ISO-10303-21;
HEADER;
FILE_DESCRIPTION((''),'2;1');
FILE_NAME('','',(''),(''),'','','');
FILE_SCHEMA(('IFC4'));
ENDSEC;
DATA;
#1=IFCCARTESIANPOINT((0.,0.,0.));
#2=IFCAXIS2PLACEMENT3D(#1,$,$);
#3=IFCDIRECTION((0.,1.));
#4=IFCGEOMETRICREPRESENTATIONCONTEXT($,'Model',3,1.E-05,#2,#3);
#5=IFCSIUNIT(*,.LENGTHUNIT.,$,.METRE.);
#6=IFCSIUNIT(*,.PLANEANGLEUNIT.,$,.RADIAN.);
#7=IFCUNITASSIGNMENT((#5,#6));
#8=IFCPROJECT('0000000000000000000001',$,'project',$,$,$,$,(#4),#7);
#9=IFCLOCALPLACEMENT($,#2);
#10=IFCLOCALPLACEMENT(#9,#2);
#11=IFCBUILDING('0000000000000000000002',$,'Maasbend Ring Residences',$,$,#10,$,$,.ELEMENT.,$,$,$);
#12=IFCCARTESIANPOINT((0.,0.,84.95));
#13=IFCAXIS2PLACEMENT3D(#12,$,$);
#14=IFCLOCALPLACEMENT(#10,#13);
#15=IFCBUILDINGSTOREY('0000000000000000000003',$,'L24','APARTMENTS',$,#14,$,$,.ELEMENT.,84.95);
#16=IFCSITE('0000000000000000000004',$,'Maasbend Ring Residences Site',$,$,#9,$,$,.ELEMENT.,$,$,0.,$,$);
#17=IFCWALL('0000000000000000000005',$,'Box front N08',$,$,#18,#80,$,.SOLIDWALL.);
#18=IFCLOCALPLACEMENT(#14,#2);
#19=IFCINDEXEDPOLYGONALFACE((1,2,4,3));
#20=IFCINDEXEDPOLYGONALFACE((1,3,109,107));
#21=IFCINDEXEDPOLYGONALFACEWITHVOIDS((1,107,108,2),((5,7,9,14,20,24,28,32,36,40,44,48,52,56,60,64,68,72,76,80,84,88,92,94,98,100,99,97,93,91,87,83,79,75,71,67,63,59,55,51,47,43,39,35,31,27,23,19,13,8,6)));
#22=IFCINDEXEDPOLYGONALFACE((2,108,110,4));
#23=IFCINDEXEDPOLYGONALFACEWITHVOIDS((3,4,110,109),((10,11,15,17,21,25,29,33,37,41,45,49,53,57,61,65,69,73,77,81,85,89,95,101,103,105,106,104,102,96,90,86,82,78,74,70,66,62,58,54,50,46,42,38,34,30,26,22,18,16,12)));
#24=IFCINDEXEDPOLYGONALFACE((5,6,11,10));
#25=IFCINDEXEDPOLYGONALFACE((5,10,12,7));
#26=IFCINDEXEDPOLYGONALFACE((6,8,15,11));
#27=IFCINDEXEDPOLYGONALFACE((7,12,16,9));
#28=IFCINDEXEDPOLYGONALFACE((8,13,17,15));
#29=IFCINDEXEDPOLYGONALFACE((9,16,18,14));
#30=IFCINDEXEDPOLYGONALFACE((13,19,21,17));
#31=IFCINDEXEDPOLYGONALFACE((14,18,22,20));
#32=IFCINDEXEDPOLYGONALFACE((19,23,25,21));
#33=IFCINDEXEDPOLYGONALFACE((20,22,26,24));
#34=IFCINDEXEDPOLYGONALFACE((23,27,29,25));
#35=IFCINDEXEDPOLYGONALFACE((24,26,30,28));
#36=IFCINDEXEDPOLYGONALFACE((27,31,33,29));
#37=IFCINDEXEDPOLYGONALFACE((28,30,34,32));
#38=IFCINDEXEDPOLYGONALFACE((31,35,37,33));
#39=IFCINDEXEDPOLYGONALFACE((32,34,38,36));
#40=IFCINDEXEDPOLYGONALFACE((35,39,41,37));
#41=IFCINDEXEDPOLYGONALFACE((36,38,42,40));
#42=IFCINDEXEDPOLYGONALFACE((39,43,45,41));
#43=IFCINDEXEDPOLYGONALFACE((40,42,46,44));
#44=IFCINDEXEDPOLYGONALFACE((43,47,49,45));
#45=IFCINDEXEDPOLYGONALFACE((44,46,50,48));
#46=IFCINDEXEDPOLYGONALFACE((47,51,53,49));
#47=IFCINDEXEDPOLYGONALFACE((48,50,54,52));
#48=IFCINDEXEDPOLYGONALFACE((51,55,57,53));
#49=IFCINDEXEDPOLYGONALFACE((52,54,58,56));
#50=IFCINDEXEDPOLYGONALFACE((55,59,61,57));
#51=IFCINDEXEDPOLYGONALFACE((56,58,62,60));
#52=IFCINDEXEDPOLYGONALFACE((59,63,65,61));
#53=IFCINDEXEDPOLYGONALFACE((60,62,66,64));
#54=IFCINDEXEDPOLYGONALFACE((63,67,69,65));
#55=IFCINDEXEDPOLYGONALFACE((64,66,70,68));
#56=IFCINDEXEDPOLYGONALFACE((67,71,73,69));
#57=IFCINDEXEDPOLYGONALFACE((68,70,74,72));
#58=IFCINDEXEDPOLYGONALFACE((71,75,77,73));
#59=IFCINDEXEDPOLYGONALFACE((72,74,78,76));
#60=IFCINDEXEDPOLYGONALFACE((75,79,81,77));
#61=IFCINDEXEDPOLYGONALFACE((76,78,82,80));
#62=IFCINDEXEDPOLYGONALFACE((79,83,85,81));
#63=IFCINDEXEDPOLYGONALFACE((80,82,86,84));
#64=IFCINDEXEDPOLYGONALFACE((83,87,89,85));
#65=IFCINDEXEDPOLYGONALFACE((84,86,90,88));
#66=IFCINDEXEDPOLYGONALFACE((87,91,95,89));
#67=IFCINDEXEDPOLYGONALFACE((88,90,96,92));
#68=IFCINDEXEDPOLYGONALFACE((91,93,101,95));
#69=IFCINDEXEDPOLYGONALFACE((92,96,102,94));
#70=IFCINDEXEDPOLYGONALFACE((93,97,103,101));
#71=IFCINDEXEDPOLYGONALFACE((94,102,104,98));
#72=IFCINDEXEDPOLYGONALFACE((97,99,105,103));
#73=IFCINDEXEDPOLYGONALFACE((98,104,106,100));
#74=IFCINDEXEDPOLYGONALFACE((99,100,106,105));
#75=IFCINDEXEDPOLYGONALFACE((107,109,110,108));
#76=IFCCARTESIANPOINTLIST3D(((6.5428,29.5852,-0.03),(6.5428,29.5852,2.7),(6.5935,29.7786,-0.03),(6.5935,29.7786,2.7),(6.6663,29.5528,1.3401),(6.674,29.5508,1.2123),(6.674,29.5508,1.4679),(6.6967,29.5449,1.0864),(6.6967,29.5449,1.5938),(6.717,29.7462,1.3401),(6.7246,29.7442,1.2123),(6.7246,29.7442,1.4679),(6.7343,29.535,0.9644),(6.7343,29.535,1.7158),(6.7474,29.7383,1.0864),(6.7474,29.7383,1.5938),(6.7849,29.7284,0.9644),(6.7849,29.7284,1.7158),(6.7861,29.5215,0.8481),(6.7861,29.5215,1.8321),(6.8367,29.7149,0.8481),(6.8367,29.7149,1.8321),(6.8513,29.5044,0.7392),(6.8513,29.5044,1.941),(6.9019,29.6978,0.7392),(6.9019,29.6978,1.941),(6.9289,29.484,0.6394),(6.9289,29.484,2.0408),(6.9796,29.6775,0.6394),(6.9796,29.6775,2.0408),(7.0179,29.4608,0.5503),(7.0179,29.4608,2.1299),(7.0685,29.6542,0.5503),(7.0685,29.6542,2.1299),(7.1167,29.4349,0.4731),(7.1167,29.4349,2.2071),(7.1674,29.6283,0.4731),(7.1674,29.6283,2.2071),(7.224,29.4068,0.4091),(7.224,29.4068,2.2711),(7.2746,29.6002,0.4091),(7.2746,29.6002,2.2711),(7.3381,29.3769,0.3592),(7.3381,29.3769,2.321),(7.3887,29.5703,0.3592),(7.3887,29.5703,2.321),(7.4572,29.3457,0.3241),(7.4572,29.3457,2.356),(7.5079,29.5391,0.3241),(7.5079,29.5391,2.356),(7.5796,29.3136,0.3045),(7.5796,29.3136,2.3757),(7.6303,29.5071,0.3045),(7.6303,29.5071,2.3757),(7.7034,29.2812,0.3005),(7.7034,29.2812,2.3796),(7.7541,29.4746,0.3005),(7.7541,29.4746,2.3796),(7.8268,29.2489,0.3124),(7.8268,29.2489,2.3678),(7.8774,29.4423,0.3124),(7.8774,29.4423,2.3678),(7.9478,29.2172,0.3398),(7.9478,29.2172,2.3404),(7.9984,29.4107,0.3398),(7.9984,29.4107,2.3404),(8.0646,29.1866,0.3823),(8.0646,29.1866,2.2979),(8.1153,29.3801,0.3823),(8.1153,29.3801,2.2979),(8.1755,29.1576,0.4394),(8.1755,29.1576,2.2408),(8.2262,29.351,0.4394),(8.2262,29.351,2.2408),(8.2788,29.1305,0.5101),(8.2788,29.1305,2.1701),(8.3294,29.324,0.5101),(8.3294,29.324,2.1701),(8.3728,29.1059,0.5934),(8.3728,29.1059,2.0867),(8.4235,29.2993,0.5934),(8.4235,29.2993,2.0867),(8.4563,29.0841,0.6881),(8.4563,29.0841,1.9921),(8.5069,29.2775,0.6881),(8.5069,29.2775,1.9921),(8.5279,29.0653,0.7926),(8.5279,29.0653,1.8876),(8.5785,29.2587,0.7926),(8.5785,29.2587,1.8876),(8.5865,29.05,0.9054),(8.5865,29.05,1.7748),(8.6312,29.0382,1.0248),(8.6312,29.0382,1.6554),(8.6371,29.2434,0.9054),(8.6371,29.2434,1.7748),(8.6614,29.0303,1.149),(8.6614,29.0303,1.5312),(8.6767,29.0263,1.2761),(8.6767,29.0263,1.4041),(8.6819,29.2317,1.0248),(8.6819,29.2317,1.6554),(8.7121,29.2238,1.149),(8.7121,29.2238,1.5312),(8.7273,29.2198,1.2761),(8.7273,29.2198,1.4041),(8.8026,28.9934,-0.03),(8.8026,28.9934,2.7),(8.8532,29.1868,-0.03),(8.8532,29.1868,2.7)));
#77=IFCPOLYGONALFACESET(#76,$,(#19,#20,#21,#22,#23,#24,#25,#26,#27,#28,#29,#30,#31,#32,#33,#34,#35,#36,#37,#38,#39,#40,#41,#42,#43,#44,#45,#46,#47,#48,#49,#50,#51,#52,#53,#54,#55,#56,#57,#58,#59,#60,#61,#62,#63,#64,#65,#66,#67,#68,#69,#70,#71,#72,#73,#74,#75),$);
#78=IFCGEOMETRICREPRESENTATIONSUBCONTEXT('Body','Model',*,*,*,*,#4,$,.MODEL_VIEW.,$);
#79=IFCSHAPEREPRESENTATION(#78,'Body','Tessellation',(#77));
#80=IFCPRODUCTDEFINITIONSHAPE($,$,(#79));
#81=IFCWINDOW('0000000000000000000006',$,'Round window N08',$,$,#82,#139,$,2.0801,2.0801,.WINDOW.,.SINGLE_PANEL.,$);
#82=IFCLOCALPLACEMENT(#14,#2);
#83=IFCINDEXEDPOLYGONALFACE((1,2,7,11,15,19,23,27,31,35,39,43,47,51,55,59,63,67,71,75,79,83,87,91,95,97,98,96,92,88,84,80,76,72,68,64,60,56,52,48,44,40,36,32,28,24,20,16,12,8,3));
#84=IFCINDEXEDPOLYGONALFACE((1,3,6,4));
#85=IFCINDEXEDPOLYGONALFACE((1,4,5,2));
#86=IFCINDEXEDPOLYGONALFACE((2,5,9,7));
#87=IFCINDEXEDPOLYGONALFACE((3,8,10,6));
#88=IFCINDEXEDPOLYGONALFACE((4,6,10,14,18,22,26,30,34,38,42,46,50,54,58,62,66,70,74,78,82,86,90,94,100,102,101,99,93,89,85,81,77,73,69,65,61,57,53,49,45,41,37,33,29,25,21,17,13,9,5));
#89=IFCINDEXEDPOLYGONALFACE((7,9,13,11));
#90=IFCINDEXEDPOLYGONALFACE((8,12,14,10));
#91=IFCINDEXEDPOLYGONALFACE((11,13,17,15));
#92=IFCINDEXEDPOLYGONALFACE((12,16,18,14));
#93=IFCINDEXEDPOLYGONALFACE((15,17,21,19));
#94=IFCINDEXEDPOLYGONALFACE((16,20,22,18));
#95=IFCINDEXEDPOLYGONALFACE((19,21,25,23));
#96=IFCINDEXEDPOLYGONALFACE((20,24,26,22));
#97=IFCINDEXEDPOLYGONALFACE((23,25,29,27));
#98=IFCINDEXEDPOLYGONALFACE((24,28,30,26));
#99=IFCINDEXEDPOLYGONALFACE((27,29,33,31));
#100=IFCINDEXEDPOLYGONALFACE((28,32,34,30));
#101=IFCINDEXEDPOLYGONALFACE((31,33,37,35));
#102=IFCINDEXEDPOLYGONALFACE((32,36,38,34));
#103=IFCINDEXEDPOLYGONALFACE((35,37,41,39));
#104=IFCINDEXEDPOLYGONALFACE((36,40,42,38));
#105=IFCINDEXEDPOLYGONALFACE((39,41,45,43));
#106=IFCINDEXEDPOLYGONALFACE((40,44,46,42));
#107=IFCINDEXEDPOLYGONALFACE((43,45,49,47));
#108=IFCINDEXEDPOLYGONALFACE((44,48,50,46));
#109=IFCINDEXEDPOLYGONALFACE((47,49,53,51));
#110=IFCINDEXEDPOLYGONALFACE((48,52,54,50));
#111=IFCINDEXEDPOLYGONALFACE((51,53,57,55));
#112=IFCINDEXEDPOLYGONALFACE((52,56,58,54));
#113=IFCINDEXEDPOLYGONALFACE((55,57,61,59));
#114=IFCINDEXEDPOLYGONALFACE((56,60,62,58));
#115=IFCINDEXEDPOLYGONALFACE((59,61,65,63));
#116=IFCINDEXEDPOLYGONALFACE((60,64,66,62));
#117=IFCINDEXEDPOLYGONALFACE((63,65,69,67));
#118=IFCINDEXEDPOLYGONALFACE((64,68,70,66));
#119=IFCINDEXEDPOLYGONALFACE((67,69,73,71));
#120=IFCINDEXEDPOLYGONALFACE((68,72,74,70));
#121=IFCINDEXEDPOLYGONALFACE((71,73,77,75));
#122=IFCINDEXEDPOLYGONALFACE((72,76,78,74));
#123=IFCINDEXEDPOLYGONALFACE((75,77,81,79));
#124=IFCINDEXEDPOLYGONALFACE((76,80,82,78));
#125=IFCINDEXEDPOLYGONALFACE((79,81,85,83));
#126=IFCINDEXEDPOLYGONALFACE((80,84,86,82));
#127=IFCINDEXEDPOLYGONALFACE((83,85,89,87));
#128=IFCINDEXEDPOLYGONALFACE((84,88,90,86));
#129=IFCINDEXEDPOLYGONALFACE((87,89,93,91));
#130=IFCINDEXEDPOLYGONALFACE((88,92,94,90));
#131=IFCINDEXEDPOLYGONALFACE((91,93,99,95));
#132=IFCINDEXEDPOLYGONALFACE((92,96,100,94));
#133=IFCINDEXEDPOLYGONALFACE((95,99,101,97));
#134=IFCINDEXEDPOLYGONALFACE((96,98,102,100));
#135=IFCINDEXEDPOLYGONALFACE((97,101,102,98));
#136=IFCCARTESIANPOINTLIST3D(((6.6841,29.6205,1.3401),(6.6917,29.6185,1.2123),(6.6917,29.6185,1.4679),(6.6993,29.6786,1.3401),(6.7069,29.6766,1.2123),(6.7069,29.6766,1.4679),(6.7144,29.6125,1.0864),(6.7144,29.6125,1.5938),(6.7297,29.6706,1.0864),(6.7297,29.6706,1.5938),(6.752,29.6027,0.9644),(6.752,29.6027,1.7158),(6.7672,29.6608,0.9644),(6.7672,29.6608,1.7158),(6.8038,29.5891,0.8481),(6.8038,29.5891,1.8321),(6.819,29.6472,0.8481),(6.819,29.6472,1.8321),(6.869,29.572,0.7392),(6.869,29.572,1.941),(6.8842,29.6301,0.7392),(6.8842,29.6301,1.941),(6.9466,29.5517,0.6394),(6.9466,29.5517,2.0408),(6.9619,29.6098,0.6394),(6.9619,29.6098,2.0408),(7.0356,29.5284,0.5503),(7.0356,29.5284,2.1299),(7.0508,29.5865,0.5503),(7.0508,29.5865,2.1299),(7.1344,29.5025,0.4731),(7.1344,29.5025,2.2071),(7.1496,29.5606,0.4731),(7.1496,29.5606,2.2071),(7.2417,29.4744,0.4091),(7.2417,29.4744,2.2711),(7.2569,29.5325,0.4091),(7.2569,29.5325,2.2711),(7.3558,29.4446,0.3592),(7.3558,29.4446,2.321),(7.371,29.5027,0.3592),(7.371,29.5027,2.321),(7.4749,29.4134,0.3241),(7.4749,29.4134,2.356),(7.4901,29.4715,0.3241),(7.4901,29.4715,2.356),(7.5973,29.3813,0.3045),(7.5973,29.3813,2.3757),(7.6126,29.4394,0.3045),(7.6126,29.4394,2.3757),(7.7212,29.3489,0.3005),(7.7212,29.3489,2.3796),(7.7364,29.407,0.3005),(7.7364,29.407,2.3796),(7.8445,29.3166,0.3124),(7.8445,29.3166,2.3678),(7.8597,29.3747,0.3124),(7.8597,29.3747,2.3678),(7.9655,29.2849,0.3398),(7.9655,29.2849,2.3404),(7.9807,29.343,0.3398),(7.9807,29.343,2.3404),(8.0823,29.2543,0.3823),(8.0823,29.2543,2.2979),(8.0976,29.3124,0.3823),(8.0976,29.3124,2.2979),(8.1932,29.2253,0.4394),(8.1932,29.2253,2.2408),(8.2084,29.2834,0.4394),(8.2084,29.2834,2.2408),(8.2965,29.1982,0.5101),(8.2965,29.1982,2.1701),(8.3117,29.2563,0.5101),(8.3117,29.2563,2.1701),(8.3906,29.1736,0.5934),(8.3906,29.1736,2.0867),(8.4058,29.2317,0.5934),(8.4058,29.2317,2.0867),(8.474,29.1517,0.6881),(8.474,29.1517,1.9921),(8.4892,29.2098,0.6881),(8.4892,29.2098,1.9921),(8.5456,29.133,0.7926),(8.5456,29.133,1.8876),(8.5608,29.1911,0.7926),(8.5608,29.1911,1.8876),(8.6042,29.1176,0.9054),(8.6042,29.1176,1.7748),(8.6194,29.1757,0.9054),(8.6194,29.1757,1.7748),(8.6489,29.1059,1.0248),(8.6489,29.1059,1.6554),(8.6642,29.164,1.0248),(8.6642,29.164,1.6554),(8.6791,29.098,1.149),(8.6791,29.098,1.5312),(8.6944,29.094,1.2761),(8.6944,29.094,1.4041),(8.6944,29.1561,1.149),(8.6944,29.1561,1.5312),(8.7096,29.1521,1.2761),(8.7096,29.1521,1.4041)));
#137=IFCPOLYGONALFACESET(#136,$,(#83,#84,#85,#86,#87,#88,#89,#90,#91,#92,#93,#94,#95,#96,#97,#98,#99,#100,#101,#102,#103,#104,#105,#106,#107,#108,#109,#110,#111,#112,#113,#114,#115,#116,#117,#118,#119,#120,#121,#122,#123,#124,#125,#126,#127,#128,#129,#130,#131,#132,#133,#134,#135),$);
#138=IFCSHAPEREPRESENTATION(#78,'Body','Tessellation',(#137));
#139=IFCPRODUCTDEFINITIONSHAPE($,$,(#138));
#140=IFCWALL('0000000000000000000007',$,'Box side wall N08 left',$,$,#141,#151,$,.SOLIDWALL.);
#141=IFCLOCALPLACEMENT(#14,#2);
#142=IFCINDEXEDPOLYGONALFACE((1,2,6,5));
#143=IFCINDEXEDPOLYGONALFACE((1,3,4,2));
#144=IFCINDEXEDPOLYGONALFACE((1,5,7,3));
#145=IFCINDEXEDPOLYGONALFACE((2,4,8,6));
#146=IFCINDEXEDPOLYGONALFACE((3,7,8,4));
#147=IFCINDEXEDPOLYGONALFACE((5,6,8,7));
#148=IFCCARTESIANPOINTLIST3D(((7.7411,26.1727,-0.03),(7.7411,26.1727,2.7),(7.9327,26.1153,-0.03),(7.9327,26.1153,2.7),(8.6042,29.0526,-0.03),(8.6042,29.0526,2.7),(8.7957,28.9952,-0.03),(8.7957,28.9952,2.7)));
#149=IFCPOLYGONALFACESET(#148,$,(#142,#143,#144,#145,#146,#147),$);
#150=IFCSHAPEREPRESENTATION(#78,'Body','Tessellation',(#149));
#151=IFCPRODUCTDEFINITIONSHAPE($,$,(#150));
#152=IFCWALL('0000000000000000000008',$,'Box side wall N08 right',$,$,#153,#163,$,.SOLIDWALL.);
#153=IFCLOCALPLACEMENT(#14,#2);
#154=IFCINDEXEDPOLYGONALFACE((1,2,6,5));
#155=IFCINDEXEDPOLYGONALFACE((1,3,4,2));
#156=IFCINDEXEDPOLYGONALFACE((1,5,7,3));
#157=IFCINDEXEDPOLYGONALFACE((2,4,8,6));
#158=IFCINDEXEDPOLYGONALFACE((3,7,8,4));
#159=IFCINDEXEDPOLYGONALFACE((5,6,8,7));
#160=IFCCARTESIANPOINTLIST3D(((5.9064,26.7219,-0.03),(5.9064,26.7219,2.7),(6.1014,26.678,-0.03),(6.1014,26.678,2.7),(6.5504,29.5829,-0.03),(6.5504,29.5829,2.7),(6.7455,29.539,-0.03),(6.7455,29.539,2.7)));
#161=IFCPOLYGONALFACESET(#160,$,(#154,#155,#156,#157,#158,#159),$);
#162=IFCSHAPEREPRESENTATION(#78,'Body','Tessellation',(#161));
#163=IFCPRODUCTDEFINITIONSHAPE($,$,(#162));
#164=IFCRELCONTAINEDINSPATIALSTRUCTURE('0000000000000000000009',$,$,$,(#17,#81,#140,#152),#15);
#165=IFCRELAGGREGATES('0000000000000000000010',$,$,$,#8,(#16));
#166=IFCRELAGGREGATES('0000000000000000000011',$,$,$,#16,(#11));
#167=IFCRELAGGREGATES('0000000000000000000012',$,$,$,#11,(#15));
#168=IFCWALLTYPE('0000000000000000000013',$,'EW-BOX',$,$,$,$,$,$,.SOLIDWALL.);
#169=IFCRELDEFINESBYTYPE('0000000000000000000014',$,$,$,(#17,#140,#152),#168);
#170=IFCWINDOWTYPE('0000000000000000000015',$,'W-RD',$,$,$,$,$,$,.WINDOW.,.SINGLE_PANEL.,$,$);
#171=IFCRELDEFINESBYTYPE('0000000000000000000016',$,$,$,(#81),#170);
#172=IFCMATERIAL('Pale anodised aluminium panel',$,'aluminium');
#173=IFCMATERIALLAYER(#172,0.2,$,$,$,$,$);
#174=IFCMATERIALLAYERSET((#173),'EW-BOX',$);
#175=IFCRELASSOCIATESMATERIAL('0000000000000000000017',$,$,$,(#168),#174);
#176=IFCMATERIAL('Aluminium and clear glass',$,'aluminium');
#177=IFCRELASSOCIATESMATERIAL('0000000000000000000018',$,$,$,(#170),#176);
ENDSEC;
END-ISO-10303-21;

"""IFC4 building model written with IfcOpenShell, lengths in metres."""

from ifc_helpers import new_model, si_unit, direction, frame, frame_2d, origin, place, context, subcontext, project, spatial, rectangle, circle, extrude, material, layer, layer_set, type_object, element, fill, save


model = new_model("IFC4")

# Units and contexts
model_context = context("Model", 3, precision=1e-05, world=origin(), true_north=direction((0.0, 1.0)))
body_context = subcontext(model_context, "Body", "Model", "MODEL_VIEW")
ifc_project = project(units=[si_unit("LENGTHUNIT", "METRE"), si_unit("PLANEANGLEUNIT", "RADIAN")], contexts=[model_context])

# Site, building, storey
site_placement = place(None, origin())
site = spatial("IfcSite", under=ifc_project, at=site_placement, Name="Maasbend Ring Residences Site", CompositionType="ELEMENT", RefElevation=0.0)
building_placement = place(site_placement, origin())
building = spatial("IfcBuilding", under=site, at=building_placement, Name="Maasbend Ring Residences", CompositionType="ELEMENT")
storey_placement = place(building_placement, frame((0.0, 0.0, 84.95)))
storey = spatial("IfcBuildingStorey", under=building, at=storey_placement, Name="L24", Description="APARTMENTS", CompositionType="ELEMENT", Elevation=84.95)

# Wall, opening, window
ifc_material_1 = material(Name="Pale anodised aluminium panel", Category="aluminium")
ifc_layer_1 = layer(ifc_material_1, 0.2)
ifc_layer_set_1 = layer_set([ifc_layer_1], Name="EW-BOX")
wall_type_1 = type_object("IfcWallType", Name="EW-BOX", PredefinedType="SOLIDWALL", material=ifc_layer_set_1)
wall_1_placement = place(storey_placement, frame((8.8279, 29.0901, -0.03), z_axis=(0.0, 0.0, 1.0), x_axis=(-0.967377, 0.253341, 0.0)))
wall_1 = element("IfcWall", 1, at=wall_1_placement, inside=storey, type_object=wall_type_1, Name="Box front N08", PredefinedType="SOLIDWALL", context=body_context, shape_type="SweptSolid", body=[
    extrude(rectangle(XDim=2.3359, YDim=0.2, at=frame_2d((1.168, 0.0))), origin(), (0.0, 0.0, 1.0), 2.73),
])
opening_1_placement = place(wall_1_placement, frame((0.1282, 0.0, 0.3301)))
opening_1 = element("IfcOpeningElement", 2, at=opening_1_placement, cuts=wall_1, PredefinedType="OPENING", context=body_context, shape_type="SweptSolid", body=[
    extrude(circle(Radius=1.04, at=frame_2d((1.04, 1.04))), frame((0.0, 0.1099, 0.0), z_axis=(0.0, -1.0, 0.0), x_axis=(1.0, 0.0, 0.0)), (0.0, 0.0, 1.0), 0.22),
])
ifc_material_2 = material(Name="Aluminium and clear glass", Category="aluminium")
window_type_1 = type_object("IfcWindowType", Name="W-RD", PartitioningType="SINGLE_PANEL", PredefinedType="WINDOW", material=ifc_material_2)
window_1_placement = place(opening_1_placement, origin())
window_1 = element("IfcWindow", 3, at=window_1_placement, inside=storey, type_object=window_type_1, Name="Round window N08", OverallHeight=2.0801, OverallWidth=2.0801, PartitioningType="SINGLE_PANEL", PredefinedType="WINDOW", context=body_context, shape_type="SweptSolid", body=[
    extrude(circle(Radius=1.04, at=frame_2d((1.04, 1.04))), frame((0.0, 0.03, 0.0), z_axis=(0.0, -1.0, 0.0), x_axis=(1.0, 0.0, 0.0)), (0.0, 0.0, 1.0), 0.0601),
])
fill(opening_1, window_1)

# Walls
wall_2_placement = place(storey_placement, frame((7.8369, 26.144, -0.03), z_axis=(0.0, 0.0, 1.0), x_axis=(0.287065, 0.957911, 0.0)))
element("IfcWall", 4, at=wall_2_placement, inside=storey, type_object=wall_type_1, Name="Box side wall N08 left", PredefinedType="SOLIDWALL", context=body_context, shape_type="SweptSolid", body=[
    extrude(rectangle(XDim=3.0063, YDim=0.2, at=frame_2d((1.5032, 0.0))), origin(), (0.0, 0.0, 1.0), 2.73),
])
wall_3_placement = place(storey_placement, frame((6.0039, 26.7, -0.03), z_axis=(0.0, 0.0, 1.0), x_axis=(0.219609, 0.975588, 0.0)))
element("IfcWall", 5, at=wall_3_placement, inside=storey, type_object=wall_type_1, Name="Box side wall N08 right", PredefinedType="SOLIDWALL", context=body_context, shape_type="SweptSolid", body=[
    extrude(rectangle(XDim=2.9326, YDim=0.2, at=frame_2d((1.4663, 0.0))), origin(), (0.0, 0.0, 1.0), 2.73),
])

save(model, "model.ifc")
